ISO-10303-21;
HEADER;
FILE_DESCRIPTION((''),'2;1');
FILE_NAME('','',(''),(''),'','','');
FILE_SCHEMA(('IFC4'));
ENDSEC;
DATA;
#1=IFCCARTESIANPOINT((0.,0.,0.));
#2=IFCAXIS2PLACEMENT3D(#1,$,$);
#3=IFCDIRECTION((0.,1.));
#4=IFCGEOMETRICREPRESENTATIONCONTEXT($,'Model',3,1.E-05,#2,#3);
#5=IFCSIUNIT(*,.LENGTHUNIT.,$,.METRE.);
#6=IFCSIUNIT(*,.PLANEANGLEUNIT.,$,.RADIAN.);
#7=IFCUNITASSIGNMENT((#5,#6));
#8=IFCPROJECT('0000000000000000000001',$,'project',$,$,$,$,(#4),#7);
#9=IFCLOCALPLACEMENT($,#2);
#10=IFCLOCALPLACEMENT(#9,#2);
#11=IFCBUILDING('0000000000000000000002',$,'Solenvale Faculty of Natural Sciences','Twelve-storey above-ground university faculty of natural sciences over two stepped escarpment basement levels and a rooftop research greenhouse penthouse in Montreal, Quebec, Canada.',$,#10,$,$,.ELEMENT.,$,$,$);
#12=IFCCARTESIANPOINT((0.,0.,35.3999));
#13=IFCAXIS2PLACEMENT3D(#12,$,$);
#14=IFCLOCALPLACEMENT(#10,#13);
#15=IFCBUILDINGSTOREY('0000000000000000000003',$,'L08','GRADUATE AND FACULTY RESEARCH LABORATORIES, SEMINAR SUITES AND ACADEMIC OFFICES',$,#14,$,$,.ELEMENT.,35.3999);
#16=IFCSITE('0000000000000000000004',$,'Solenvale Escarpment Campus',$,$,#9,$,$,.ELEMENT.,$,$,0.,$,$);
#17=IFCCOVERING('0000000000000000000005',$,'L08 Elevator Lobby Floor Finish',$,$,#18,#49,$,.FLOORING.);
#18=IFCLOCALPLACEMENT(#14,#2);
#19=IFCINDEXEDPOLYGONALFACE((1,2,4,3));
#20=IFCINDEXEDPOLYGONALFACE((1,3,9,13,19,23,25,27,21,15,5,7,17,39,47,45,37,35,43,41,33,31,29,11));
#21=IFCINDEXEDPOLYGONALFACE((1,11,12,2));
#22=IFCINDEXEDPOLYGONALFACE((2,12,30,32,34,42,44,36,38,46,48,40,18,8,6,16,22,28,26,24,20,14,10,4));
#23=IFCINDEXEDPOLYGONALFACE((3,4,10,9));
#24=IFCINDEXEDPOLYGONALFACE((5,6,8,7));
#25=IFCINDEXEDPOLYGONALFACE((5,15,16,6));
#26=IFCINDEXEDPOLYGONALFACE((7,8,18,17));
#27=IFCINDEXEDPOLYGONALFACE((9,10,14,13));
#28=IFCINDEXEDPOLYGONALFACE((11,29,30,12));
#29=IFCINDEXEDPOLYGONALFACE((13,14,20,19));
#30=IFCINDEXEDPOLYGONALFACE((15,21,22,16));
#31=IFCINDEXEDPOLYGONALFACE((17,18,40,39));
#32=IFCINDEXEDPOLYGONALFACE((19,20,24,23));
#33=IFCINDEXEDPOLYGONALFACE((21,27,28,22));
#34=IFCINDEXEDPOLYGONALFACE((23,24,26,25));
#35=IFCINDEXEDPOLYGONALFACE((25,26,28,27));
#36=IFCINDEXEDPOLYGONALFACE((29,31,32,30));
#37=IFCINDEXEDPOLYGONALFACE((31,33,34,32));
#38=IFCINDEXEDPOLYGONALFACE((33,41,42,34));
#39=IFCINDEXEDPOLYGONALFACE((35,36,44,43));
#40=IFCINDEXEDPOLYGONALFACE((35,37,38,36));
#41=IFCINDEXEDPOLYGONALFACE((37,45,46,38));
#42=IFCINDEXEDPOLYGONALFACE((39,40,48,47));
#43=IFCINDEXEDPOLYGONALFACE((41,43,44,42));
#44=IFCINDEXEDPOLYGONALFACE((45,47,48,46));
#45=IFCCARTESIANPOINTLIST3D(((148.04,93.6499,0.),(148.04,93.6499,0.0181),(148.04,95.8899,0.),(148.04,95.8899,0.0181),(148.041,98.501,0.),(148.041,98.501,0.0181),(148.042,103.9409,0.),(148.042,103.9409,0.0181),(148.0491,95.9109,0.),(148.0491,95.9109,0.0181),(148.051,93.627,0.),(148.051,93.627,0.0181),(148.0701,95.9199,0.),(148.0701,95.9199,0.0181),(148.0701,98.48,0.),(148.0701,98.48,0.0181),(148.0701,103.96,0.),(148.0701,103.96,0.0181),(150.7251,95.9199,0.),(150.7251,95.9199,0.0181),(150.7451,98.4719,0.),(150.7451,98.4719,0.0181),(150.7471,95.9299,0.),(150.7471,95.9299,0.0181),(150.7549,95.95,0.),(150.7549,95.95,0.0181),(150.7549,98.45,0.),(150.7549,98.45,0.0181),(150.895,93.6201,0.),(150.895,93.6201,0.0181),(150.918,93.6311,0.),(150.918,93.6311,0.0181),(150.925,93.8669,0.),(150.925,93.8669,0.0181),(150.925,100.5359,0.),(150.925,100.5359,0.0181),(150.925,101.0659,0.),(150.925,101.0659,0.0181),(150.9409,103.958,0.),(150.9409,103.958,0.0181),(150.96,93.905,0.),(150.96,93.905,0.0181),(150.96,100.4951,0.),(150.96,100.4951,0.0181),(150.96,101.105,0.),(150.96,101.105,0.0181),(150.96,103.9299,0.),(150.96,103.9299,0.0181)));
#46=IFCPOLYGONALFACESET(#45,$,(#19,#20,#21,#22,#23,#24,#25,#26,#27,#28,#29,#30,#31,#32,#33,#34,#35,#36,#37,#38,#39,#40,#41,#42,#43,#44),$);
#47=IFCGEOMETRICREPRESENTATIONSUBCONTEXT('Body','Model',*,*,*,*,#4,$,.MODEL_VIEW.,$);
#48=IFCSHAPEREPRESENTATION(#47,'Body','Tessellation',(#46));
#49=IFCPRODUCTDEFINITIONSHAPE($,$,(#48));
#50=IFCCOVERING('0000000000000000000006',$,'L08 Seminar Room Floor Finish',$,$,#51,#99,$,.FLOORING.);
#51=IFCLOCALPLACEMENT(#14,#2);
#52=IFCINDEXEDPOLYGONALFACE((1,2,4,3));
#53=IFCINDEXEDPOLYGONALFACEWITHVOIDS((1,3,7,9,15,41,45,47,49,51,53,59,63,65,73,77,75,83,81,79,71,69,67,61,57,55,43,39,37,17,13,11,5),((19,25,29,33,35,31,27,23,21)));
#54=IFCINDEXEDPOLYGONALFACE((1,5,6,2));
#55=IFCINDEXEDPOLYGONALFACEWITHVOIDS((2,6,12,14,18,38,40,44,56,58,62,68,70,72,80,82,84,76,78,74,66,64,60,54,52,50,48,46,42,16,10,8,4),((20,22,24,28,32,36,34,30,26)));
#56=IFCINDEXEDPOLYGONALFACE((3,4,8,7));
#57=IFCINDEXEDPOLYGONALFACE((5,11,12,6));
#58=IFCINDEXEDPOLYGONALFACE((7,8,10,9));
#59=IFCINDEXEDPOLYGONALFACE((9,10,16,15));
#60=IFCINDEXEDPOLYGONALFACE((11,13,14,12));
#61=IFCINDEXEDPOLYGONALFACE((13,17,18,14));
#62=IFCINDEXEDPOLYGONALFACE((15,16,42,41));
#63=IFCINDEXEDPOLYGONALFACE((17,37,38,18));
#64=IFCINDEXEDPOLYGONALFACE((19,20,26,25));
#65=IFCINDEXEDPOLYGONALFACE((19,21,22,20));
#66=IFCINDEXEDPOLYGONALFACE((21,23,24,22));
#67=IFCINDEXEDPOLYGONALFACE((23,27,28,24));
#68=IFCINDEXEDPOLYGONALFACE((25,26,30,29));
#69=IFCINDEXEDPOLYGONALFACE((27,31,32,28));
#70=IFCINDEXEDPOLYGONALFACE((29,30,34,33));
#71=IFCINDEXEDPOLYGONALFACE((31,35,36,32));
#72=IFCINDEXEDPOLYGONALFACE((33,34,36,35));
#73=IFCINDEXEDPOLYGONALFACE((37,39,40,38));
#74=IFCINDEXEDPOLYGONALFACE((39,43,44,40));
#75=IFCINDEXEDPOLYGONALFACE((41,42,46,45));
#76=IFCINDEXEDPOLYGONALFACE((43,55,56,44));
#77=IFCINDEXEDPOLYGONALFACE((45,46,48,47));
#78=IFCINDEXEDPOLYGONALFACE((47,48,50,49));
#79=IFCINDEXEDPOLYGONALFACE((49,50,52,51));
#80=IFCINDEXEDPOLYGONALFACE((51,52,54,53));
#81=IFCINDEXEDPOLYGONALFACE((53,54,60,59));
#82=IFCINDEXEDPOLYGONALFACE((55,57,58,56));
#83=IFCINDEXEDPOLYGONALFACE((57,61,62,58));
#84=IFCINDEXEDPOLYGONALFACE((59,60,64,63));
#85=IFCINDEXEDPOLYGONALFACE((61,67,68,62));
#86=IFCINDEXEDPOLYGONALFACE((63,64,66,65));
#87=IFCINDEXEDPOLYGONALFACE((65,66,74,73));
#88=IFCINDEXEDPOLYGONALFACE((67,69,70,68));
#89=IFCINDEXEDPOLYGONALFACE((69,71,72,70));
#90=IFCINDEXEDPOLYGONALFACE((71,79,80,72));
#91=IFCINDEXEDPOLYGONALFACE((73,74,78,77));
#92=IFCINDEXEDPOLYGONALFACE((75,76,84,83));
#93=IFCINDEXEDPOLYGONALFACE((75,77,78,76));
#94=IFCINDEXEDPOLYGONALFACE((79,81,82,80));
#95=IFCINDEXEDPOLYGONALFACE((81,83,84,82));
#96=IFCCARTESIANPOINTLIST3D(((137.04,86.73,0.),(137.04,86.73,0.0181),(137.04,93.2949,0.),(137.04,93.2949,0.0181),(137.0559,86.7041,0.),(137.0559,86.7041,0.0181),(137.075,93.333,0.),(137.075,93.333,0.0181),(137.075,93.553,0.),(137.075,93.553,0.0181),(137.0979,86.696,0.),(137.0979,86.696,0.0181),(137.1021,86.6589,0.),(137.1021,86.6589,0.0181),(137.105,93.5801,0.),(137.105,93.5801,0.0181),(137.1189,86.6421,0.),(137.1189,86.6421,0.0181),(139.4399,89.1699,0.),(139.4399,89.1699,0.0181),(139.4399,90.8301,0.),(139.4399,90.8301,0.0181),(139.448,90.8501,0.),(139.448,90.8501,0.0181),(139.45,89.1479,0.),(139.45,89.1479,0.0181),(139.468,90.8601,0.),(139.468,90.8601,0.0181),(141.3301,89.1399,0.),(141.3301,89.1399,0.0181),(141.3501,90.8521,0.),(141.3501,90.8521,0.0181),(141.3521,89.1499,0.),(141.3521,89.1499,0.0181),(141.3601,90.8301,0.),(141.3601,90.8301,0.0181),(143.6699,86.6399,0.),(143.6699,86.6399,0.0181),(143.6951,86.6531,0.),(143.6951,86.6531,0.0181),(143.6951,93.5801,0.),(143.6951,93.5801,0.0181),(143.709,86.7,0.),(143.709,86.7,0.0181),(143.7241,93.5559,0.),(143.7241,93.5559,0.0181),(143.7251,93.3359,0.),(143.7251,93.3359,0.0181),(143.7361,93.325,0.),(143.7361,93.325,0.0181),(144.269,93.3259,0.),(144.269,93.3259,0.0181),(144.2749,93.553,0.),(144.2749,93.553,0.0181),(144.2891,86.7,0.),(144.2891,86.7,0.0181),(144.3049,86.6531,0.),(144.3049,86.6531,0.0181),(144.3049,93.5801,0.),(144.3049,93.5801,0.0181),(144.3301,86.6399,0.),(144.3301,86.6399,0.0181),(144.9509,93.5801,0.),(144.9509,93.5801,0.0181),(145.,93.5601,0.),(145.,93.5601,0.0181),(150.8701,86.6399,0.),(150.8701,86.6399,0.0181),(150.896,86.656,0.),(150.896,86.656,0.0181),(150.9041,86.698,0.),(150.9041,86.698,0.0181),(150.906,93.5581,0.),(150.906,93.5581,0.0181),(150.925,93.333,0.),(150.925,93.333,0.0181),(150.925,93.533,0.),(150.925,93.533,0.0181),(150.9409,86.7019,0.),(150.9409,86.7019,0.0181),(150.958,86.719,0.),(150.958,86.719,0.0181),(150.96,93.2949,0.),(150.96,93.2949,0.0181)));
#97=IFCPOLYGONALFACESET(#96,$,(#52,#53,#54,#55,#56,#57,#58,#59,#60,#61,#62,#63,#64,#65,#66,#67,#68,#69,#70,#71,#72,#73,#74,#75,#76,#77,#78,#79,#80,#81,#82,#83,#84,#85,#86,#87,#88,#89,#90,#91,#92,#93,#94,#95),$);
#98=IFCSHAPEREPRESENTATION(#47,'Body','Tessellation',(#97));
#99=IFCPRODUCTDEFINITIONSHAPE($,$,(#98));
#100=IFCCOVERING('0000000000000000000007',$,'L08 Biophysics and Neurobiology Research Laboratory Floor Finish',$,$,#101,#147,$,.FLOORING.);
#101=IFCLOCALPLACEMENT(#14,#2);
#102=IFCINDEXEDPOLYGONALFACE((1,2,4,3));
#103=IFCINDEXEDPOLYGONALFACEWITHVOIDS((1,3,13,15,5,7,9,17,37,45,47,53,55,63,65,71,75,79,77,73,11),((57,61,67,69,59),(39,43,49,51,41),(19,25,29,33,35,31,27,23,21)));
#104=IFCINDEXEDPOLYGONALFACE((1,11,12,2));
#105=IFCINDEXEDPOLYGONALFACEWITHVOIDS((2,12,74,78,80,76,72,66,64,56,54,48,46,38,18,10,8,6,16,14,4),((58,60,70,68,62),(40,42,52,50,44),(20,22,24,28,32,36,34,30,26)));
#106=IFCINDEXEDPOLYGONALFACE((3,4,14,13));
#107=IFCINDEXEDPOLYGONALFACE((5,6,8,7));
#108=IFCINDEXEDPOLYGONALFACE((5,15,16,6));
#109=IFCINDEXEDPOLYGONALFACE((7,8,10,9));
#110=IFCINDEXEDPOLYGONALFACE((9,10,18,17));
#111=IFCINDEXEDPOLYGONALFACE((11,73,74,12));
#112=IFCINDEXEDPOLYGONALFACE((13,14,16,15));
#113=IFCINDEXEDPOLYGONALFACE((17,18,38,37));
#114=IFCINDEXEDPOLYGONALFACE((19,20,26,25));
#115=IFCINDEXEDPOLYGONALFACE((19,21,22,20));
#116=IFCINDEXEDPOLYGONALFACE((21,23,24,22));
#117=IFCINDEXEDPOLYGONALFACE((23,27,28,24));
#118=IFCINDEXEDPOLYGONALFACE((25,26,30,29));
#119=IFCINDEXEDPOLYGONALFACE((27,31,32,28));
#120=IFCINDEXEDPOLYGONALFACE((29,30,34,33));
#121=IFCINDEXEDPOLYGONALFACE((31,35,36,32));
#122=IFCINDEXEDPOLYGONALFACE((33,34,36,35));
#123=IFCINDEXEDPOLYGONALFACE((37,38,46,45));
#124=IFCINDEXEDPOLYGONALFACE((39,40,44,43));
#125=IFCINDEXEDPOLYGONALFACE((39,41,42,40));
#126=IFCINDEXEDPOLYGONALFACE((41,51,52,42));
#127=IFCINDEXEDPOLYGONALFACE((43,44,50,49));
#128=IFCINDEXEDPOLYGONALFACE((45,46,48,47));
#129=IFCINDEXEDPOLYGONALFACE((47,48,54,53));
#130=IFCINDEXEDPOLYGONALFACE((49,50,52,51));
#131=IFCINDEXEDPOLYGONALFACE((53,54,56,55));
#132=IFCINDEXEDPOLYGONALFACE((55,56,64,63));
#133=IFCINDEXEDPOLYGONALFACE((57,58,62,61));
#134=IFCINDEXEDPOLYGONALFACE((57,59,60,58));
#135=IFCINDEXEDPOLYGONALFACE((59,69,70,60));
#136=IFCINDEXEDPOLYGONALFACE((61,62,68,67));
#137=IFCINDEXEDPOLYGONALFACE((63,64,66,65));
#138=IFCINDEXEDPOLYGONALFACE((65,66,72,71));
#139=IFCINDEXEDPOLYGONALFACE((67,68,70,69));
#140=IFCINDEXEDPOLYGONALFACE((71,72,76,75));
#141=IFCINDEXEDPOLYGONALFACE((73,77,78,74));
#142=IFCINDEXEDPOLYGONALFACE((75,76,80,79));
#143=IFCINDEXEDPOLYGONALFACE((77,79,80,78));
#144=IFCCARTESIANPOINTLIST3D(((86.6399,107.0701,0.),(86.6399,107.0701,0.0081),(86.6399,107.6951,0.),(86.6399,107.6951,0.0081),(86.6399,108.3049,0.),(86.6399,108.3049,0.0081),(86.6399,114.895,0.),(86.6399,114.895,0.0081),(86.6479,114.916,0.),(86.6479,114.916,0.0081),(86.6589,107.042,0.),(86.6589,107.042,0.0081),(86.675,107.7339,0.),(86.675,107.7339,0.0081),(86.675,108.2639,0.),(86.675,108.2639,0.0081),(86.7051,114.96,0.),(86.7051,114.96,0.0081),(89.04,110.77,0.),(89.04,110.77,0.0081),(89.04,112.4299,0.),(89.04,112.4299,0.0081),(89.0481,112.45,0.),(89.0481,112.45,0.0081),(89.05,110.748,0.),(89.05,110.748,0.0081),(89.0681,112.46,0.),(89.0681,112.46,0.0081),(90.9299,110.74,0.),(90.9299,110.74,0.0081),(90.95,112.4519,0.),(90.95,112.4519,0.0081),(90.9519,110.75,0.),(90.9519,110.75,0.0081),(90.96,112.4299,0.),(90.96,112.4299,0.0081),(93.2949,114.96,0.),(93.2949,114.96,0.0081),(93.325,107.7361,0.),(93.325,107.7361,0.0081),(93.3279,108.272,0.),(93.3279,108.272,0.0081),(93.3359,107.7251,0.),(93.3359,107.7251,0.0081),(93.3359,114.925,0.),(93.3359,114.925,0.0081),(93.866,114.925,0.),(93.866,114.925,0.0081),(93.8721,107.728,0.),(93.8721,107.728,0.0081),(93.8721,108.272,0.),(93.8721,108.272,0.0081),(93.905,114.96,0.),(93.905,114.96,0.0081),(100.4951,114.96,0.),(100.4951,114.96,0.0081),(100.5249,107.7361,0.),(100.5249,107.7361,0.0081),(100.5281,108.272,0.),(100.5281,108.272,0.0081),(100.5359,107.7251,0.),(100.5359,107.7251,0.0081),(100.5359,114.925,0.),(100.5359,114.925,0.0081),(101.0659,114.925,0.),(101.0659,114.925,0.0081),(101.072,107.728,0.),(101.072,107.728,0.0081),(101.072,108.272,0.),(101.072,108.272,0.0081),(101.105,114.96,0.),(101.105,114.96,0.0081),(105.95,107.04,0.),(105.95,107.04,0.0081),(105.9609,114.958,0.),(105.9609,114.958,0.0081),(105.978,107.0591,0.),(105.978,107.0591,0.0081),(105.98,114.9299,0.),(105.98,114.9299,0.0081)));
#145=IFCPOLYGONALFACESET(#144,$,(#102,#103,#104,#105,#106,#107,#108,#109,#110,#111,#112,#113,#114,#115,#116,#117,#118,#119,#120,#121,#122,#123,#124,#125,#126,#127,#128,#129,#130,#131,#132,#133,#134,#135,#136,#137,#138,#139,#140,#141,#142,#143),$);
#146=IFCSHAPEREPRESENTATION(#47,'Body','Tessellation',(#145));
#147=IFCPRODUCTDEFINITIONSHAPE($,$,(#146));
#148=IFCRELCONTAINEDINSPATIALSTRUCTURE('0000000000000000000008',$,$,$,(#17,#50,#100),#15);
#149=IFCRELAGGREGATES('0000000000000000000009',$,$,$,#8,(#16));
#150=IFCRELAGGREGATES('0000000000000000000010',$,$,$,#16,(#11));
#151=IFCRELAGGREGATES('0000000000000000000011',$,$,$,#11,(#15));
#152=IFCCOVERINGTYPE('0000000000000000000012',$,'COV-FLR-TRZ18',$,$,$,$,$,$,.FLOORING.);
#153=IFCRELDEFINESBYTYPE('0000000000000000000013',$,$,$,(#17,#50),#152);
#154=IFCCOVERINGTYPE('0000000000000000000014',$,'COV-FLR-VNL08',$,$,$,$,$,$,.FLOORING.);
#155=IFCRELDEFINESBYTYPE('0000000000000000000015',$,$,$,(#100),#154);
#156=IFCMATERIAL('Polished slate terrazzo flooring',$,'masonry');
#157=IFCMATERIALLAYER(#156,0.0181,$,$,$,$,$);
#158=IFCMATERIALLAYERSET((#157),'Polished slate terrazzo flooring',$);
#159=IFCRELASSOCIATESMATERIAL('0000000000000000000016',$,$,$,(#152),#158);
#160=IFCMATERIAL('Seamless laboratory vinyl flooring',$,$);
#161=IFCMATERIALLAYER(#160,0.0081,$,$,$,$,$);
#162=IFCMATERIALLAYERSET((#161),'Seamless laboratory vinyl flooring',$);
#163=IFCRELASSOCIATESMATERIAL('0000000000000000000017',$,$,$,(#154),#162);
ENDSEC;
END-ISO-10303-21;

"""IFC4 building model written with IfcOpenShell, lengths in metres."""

from ifc_helpers import new_model, si_unit, direction, frame, origin, place, context, subcontext, project, spatial, polyline, outline, extrude, material, layer, layer_set, type_object, element, save


model = new_model("IFC4")

# Units and contexts
model_context = context("Model", 3, precision=1e-05, world=origin(), true_north=direction((0.0, 1.0)))
body_context = subcontext(model_context, "Body", "Model", "MODEL_VIEW")
ifc_project = project(units=[si_unit("LENGTHUNIT", "METRE"), si_unit("PLANEANGLEUNIT", "RADIAN")], contexts=[model_context])

# Site, building, storey
site_placement = place(None, origin())
site = spatial("IfcSite", under=ifc_project, at=site_placement, Name="Solenvale Escarpment Campus", CompositionType="ELEMENT", RefElevation=0.0)
building_placement = place(site_placement, origin())
building = spatial("IfcBuilding", under=site, at=building_placement, Name="Solenvale Faculty of Natural Sciences", Description="Twelve-storey above-ground university faculty of natural sciences over two stepped escarpment basement levels and a rooftop research greenhouse penthouse in Montreal, Quebec, Canada.", CompositionType="ELEMENT")
storey_placement = place(building_placement, frame((0.0, 0.0, 35.3999)))
storey = spatial("IfcBuildingStorey", under=building, at=storey_placement, Name="L08", Description="GRADUATE AND FACULTY RESEARCH LABORATORIES, SEMINAR SUITES AND ACADEMIC OFFICES", CompositionType="ELEMENT", Elevation=35.3999)

# Coverings
ifc_material_1 = material(Name="Polished slate terrazzo flooring", Category="masonry")
ifc_layer_1 = layer(ifc_material_1, 0.0181)
ifc_layer_set_1 = layer_set([ifc_layer_1], Name="Polished slate terrazzo flooring")
covering_type_1 = type_object("IfcCoveringType", Name="COV-FLR-TRZ18", PredefinedType="FLOORING", material=ifc_layer_set_1)
covering_1_placement = place(storey_placement, origin())
element("IfcCovering", 1, at=covering_1_placement, inside=storey, type_object=covering_type_1, Name="L08 Elevator Lobby Floor Finish", PredefinedType="FLOORING", context=body_context, shape_type="SweptSolid", body=[
    extrude(outline(polyline([(148.04, 95.8899), (148.0491, 95.9109), (148.0701, 95.9199), (150.7251, 95.9199), (150.7471, 95.9299), (150.7549, 95.95), (150.7549, 98.45), (150.7451, 98.4719), (148.0701, 98.48), (148.041, 98.501), (148.042, 103.9409), (148.0701, 103.96), (150.9409, 103.958), (150.96, 103.9299), (150.96, 101.105), (150.925, 101.0659), (150.925, 100.5359), (150.96, 100.4951), (150.96, 93.905), (150.925, 93.8669), (150.918, 93.6311), (150.895, 93.6201), (148.051, 93.627), (148.04, 93.6499), (148.04, 95.8899)])), origin(), (0.0, 0.0, 1.0), 0.0181),
])
covering_2_placement = place(storey_placement, origin())
element("IfcCovering", 2, at=covering_2_placement, inside=storey, type_object=covering_type_1, Name="L08 Seminar Room Floor Finish", PredefinedType="FLOORING", context=body_context, shape_type="SweptSolid", body=[
    extrude(outline(polyline([(137.04, 93.2949), (137.075, 93.333), (137.075, 93.553), (137.105, 93.5801), (143.6951, 93.5801), (143.7241, 93.5559), (143.7251, 93.3359), (143.7361, 93.325), (144.269, 93.3259), (144.2749, 93.553), (144.3049, 93.5801), (144.9509, 93.5801), (145.0, 93.5601), (150.906, 93.5581), (150.925, 93.533), (150.925, 93.333), (150.96, 93.2949), (150.958, 86.719), (150.9409, 86.7019), (150.9041, 86.698), (150.896, 86.656), (150.8701, 86.6399), (144.3301, 86.6399), (144.3049, 86.6531), (144.2891, 86.7), (143.709, 86.7), (143.6951, 86.6531), (143.6699, 86.6399), (137.1189, 86.6421), (137.1021, 86.6589), (137.0979, 86.696), (137.0559, 86.7041), (137.04, 86.73), (137.04, 93.2949)]), holes=[polyline([(139.468, 90.8601), (139.448, 90.8501), (139.4399, 90.8301), (139.4399, 89.1699), (139.45, 89.1479), (141.3301, 89.1399), (141.3521, 89.1499), (141.3601, 90.8301), (141.3501, 90.8521), (139.468, 90.8601)])]), origin(), (0.0, 0.0, 1.0), 0.0181),
])
ifc_material_2 = material(Name="Seamless laboratory vinyl flooring")
ifc_layer_2 = layer(ifc_material_2, 0.0081)
ifc_layer_set_2 = layer_set([ifc_layer_2], Name="Seamless laboratory vinyl flooring")
covering_type_2 = type_object("IfcCoveringType", Name="COV-FLR-VNL08", PredefinedType="FLOORING", material=ifc_layer_set_2)
covering_3_placement = place(storey_placement, origin())
element("IfcCovering", 3, at=covering_3_placement, inside=storey, type_object=covering_type_2, Name="L08 Biophysics and Neurobiology Research Laboratory Floor Finish", PredefinedType="FLOORING", context=body_context, shape_type="SweptSolid", body=[
    extrude(outline(polyline([(86.6399, 114.895), (86.6479, 114.916), (86.7051, 114.96), (93.2949, 114.96), (93.3359, 114.925), (93.866, 114.925), (93.905, 114.96), (100.4951, 114.96), (100.5359, 114.925), (101.0659, 114.925), (101.105, 114.96), (105.9609, 114.958), (105.98, 114.9299), (105.978, 107.0591), (105.95, 107.04), (86.6589, 107.042), (86.6399, 107.0701), (86.6399, 107.6951), (86.675, 107.7339), (86.675, 108.2639), (86.6399, 108.3049), (86.6399, 114.895)]), holes=[polyline([(100.5249, 107.7361), (100.5359, 107.7251), (101.072, 107.728), (101.072, 108.272), (100.5281, 108.272), (100.5249, 107.7361)]), polyline([(93.325, 107.7361), (93.3359, 107.7251), (93.8721, 107.728), (93.8721, 108.272), (93.3279, 108.272), (93.325, 107.7361)]), polyline([(89.0681, 112.46), (89.0481, 112.45), (89.04, 112.4299), (89.04, 110.77), (89.05, 110.748), (90.9299, 110.74), (90.9519, 110.75), (90.96, 112.4299), (90.95, 112.4519), (89.0681, 112.46)])]), origin(), (0.0, 0.0, 1.0), 0.0081),
])

save(model, "model.ifc")
